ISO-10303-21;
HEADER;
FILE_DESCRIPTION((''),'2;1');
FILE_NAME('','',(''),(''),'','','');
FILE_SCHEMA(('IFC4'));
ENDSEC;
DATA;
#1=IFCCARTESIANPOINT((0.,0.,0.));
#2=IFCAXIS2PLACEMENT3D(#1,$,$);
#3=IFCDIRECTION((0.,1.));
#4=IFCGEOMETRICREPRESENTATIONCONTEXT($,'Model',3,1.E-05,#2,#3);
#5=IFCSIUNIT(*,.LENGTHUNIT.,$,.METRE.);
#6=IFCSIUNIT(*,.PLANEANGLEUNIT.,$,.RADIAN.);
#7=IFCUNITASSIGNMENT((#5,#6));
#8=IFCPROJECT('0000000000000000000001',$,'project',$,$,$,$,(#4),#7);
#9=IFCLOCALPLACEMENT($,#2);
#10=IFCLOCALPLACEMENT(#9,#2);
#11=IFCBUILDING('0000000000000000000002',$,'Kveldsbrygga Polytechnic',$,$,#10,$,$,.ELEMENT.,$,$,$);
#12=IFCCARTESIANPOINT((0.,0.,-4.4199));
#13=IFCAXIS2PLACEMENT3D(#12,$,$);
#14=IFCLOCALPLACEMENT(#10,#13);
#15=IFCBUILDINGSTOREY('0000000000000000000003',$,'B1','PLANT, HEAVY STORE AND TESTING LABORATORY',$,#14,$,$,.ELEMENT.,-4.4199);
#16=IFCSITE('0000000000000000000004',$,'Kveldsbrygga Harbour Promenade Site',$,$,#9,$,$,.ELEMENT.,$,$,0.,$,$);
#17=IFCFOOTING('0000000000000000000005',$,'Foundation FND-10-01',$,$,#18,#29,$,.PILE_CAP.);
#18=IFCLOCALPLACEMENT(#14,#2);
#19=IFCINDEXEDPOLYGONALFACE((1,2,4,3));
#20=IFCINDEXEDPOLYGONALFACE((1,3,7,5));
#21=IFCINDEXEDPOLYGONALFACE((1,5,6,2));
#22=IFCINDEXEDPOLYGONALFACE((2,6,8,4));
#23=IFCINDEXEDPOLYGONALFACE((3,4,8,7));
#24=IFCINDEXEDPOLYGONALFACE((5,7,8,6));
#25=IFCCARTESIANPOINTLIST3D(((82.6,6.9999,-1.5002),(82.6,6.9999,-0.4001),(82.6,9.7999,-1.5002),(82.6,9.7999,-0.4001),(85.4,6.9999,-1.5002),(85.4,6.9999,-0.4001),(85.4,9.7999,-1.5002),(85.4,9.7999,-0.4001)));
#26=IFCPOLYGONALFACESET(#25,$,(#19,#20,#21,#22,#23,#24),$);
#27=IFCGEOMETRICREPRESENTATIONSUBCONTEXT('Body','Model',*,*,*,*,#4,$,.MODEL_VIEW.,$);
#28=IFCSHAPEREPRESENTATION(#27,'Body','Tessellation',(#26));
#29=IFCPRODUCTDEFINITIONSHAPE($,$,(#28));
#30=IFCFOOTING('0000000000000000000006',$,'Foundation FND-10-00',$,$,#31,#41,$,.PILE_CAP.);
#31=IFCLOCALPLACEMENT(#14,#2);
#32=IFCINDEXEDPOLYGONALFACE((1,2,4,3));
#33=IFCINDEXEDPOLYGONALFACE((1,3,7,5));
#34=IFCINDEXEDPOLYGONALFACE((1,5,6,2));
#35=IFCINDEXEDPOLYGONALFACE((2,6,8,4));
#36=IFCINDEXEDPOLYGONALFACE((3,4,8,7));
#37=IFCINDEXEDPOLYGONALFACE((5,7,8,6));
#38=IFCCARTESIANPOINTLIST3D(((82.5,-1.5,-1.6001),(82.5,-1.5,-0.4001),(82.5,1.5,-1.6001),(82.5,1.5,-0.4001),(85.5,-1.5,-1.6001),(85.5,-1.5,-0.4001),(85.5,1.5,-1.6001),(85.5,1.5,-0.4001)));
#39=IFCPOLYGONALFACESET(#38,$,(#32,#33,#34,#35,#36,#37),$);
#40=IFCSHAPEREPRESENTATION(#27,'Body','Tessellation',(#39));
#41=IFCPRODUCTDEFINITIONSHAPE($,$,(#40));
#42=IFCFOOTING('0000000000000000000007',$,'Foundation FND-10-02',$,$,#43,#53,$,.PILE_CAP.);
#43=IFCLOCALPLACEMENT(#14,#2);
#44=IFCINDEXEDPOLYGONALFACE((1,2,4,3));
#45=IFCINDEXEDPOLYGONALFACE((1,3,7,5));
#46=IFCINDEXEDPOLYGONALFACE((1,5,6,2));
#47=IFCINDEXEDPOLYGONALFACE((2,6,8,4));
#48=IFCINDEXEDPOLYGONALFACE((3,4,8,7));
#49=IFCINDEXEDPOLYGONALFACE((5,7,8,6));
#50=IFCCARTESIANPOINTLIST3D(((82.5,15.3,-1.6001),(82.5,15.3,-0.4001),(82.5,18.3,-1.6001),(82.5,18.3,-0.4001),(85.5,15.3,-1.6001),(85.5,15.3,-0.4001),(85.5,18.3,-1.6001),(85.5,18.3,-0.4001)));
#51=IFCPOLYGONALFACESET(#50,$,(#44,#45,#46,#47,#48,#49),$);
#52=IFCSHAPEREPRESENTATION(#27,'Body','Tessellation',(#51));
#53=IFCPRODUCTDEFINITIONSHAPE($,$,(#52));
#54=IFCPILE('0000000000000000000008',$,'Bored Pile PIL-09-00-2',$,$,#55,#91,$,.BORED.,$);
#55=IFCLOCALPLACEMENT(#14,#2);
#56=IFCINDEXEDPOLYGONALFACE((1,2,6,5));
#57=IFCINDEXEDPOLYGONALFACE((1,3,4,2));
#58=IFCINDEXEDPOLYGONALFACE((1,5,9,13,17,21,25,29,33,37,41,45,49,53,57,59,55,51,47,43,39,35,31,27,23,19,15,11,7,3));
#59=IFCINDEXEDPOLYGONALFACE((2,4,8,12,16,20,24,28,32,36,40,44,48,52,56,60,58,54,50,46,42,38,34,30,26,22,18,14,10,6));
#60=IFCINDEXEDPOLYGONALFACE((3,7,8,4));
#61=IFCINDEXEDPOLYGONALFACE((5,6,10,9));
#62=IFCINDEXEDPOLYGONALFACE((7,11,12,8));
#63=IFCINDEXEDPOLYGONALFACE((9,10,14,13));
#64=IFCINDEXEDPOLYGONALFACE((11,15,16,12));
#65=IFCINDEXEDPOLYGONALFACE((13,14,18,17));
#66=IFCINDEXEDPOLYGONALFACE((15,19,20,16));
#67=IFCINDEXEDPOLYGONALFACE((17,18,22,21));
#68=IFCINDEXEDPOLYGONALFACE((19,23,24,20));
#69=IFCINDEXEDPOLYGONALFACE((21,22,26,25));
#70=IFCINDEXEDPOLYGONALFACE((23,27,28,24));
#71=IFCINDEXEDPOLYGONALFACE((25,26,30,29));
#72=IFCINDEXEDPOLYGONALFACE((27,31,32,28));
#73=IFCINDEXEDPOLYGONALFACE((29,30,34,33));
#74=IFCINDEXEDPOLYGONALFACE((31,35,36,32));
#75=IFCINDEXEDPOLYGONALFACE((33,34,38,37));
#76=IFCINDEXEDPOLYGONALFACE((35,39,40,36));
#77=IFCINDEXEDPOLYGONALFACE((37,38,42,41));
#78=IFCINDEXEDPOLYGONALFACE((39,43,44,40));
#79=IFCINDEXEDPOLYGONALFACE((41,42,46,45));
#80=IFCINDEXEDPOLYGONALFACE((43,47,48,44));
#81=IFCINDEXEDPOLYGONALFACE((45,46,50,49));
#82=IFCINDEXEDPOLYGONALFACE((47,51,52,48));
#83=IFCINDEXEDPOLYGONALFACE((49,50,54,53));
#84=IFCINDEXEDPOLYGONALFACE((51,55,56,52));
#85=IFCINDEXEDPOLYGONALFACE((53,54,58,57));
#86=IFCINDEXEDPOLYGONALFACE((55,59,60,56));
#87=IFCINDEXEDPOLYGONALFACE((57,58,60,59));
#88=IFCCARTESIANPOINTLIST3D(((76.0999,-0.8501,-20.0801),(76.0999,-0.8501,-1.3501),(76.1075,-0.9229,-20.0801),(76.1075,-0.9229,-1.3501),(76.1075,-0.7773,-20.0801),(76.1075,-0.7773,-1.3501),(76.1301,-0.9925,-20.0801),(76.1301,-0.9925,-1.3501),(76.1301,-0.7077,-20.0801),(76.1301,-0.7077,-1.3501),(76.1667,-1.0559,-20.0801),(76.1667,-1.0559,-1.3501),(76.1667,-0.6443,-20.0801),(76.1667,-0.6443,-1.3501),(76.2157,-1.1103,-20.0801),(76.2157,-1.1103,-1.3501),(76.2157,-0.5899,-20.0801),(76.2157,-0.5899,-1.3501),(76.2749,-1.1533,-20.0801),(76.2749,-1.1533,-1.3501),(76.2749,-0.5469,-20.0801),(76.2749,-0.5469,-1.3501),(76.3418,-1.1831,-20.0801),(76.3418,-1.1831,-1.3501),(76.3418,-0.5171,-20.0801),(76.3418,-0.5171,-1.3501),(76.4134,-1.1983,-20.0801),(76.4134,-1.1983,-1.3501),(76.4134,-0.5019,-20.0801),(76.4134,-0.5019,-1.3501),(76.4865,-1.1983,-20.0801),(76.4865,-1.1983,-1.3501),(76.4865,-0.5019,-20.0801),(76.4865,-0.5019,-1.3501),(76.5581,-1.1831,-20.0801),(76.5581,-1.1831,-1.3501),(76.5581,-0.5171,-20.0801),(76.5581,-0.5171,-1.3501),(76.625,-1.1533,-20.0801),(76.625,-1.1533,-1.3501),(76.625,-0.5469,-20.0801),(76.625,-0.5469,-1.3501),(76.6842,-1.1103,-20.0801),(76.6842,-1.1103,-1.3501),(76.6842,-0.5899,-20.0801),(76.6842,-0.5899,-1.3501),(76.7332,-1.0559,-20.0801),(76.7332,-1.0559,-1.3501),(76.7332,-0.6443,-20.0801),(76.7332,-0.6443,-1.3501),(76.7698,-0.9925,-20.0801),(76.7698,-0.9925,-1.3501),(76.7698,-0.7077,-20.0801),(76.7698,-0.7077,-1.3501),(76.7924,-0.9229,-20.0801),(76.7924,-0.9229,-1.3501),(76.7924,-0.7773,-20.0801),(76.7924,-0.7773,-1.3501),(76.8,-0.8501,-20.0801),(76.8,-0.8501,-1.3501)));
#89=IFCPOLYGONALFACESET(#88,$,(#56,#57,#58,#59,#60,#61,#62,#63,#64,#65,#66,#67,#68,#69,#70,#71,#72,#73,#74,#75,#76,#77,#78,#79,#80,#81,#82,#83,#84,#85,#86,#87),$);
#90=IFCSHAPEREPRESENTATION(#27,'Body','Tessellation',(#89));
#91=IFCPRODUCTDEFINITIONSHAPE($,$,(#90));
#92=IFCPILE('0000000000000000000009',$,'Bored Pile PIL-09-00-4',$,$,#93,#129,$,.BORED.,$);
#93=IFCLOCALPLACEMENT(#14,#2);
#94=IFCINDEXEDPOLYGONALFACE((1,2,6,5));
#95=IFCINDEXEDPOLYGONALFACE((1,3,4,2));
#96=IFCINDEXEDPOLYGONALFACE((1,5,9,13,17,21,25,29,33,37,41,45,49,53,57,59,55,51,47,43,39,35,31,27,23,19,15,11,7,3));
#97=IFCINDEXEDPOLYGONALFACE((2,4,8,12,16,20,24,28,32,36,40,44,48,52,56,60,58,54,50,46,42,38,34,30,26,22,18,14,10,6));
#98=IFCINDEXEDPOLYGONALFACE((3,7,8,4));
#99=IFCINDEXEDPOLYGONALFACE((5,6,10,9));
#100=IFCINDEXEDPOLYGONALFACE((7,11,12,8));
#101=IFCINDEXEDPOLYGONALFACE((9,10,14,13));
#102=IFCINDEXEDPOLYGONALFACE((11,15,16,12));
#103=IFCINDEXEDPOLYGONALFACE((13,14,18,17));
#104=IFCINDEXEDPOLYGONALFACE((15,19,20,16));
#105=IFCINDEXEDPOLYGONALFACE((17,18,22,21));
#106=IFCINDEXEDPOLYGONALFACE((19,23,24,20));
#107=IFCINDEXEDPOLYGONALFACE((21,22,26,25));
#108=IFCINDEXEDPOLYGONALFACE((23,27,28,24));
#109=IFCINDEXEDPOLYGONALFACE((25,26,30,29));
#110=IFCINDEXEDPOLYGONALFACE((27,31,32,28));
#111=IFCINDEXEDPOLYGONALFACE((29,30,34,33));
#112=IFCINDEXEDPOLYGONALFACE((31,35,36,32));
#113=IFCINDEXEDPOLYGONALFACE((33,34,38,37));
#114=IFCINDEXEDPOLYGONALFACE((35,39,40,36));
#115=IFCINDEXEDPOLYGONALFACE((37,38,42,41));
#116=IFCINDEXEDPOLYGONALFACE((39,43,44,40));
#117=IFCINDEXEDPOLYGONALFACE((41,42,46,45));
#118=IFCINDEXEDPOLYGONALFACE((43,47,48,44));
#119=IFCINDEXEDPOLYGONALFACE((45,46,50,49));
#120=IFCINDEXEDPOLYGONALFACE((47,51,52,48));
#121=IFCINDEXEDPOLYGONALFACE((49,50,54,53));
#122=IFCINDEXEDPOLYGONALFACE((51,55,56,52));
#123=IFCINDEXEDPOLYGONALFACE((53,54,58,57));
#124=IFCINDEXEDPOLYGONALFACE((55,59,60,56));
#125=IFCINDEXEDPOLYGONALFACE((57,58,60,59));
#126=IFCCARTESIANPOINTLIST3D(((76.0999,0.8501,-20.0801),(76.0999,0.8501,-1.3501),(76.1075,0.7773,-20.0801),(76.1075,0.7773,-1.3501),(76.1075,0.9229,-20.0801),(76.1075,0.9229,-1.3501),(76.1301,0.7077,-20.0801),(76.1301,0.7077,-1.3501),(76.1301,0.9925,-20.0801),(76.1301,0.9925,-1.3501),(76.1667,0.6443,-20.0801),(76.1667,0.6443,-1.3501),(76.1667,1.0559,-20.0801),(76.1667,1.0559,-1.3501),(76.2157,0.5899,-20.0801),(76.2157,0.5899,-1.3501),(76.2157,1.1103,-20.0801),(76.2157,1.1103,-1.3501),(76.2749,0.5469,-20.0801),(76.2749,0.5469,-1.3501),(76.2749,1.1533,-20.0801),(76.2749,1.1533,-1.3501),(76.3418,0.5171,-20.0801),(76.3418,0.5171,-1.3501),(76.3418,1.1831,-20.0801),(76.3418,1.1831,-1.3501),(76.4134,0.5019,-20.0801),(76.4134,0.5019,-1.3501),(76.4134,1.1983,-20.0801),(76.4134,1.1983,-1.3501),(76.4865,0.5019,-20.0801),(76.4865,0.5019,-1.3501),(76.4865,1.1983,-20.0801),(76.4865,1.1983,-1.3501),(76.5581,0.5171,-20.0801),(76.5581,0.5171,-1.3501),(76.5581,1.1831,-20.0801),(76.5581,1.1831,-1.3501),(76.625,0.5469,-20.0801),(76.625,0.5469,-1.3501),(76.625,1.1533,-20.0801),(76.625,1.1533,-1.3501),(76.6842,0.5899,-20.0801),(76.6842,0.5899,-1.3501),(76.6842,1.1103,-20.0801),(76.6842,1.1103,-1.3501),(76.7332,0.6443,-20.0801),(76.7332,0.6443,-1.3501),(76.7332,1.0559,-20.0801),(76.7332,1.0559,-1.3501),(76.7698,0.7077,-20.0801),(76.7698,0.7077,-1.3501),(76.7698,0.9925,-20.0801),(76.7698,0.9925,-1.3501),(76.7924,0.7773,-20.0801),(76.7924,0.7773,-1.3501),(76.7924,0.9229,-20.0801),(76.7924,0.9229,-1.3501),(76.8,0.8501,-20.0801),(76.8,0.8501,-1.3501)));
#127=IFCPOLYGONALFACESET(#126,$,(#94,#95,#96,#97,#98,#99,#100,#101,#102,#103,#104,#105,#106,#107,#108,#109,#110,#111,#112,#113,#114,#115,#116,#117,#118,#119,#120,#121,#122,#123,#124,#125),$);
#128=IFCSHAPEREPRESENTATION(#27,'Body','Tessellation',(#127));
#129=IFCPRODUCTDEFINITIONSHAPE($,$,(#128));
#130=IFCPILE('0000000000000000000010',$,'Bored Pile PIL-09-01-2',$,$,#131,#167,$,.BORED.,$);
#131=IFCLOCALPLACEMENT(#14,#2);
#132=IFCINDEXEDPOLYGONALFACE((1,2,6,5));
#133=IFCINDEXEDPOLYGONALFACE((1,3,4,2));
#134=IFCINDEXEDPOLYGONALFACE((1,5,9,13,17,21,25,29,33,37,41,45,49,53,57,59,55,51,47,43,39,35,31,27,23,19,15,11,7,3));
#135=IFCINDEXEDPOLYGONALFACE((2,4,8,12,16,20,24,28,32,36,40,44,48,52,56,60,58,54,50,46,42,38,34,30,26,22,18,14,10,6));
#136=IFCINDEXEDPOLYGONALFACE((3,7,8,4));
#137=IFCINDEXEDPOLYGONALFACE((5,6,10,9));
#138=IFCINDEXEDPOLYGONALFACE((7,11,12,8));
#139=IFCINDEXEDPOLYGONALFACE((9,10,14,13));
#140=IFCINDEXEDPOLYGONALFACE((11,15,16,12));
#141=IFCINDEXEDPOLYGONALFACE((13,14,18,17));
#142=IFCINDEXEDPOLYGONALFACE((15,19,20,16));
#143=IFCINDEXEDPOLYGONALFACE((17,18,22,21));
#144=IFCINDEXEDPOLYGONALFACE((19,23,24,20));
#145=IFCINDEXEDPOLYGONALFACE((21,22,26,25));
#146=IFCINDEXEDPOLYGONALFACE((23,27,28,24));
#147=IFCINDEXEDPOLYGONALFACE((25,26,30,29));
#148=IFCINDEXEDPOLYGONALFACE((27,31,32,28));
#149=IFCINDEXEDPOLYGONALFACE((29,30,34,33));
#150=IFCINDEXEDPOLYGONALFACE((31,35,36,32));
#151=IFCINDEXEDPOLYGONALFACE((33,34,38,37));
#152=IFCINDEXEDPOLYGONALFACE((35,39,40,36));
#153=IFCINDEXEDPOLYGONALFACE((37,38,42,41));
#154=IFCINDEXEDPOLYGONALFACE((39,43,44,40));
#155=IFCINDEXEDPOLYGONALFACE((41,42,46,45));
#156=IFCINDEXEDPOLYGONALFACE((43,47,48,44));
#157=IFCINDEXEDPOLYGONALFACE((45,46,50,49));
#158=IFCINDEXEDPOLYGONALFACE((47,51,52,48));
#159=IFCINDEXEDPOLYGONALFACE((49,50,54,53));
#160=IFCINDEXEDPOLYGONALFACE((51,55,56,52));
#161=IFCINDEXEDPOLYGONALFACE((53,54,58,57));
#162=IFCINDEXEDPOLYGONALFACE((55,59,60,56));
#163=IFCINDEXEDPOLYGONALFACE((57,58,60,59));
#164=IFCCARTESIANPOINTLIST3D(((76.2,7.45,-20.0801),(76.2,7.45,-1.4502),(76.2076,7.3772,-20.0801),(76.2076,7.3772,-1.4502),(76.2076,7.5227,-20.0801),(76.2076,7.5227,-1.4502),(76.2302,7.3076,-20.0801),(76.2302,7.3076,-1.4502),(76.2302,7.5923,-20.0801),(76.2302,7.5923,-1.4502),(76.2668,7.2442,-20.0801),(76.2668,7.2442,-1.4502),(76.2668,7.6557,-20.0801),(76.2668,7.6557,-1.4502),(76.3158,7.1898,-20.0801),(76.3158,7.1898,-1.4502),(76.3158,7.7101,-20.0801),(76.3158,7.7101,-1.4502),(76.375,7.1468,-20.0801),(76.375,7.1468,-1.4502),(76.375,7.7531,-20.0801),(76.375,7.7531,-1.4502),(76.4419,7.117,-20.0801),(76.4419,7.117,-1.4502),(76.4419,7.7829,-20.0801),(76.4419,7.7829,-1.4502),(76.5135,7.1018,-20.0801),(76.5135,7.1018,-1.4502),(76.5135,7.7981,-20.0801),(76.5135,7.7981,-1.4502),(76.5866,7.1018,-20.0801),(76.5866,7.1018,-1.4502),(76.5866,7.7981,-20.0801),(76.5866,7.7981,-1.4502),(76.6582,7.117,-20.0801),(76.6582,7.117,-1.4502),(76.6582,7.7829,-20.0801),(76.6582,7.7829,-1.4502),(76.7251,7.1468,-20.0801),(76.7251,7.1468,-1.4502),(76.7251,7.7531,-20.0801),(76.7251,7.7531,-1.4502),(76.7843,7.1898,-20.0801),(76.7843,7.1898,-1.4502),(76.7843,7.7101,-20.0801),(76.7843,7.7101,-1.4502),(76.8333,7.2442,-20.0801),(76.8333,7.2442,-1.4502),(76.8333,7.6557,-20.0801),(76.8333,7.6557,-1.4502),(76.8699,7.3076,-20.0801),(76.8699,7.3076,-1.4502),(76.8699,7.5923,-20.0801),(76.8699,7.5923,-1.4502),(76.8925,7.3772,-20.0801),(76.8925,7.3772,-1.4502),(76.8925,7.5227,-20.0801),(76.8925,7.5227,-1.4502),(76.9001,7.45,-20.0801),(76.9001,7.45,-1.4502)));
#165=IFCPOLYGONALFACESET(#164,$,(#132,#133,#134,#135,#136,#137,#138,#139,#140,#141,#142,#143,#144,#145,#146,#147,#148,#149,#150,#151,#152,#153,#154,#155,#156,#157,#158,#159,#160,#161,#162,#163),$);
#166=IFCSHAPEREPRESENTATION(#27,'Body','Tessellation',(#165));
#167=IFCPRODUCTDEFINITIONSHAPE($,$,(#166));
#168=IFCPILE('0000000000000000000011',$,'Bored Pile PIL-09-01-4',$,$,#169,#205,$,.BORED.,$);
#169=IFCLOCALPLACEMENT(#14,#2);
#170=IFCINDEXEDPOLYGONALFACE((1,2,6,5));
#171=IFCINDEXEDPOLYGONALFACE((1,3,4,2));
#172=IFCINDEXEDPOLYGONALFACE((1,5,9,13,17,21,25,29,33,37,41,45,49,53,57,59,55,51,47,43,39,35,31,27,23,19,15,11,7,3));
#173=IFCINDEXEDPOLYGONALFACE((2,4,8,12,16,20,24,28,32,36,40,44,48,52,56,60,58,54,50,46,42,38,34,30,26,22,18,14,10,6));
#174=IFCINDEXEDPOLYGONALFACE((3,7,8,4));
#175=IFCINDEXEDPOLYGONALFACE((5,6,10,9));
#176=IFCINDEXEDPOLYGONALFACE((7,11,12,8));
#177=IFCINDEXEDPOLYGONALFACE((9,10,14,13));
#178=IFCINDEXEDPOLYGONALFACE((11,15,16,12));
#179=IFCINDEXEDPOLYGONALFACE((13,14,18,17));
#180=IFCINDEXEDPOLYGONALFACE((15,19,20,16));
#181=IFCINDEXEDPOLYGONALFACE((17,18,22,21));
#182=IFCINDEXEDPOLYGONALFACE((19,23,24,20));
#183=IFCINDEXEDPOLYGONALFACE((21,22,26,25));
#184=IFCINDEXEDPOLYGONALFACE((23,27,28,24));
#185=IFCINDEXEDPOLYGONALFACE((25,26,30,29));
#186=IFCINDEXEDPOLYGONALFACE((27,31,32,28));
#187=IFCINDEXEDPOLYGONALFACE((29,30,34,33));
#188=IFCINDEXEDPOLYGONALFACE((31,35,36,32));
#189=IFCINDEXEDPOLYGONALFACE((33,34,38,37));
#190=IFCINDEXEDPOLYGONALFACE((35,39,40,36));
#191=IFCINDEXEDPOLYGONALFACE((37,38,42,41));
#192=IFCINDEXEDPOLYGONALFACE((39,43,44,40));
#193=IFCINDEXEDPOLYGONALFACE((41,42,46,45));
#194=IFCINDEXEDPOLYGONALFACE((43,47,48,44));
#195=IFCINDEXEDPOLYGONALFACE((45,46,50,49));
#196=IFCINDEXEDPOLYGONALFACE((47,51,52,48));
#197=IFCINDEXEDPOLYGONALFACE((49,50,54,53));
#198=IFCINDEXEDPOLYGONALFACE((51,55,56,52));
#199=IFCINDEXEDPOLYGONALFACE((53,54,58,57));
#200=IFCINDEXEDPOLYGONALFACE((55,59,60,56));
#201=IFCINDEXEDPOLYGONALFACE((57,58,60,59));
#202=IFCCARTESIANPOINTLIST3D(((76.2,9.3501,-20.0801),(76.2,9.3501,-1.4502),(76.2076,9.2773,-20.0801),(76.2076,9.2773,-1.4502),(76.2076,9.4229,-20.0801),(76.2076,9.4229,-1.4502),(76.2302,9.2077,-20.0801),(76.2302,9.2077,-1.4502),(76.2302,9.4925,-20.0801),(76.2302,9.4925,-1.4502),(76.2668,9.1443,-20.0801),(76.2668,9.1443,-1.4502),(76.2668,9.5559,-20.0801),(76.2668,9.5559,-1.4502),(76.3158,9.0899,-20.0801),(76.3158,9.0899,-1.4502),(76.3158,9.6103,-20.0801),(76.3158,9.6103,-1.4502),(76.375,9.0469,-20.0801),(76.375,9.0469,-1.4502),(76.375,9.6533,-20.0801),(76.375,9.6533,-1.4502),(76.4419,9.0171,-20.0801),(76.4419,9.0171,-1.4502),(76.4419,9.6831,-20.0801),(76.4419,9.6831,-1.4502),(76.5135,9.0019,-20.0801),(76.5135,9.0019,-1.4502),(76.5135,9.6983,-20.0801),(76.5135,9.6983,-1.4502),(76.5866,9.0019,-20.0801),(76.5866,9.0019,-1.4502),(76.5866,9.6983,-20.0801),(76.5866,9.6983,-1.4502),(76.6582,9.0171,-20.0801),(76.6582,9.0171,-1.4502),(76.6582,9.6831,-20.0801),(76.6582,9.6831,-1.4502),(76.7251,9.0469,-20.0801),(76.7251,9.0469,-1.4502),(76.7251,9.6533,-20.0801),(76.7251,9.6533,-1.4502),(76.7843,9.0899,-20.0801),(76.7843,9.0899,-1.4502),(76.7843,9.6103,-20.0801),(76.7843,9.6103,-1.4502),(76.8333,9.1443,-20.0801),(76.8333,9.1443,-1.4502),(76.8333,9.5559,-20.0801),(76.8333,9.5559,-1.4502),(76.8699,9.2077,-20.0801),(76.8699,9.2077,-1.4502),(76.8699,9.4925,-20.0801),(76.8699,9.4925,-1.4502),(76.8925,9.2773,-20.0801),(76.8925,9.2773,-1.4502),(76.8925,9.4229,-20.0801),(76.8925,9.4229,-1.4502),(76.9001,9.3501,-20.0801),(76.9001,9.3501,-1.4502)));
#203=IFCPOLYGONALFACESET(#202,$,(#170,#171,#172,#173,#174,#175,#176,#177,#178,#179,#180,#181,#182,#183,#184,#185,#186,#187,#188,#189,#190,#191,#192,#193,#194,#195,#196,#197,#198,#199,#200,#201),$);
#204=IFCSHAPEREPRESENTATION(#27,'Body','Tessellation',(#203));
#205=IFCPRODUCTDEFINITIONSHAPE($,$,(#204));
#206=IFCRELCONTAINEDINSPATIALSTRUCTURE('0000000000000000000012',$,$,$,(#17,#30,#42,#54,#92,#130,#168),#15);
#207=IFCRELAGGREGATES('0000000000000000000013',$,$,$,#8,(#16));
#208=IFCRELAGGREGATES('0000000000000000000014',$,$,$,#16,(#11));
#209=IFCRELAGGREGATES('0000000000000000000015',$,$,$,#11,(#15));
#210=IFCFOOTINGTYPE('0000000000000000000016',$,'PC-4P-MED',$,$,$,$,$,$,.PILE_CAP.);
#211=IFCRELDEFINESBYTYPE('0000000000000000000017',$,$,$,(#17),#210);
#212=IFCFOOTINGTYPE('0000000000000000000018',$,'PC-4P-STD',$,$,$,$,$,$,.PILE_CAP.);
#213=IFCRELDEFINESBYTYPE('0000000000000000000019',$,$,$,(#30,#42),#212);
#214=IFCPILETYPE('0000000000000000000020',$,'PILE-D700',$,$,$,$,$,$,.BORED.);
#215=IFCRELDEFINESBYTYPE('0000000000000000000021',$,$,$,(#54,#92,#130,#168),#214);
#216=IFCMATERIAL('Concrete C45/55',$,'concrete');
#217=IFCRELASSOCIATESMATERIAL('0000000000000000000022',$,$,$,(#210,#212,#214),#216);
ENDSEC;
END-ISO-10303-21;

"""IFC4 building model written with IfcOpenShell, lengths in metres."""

from ifc_helpers import new_model, si_unit, direction, frame, origin, origin_2d, place, context, subcontext, project, spatial, rectangle, circle, extrude, material, material_profile, profile_set, type_object, element, save


model = new_model("IFC4")

# Units and contexts
model_context = context("Model", 3, precision=1e-05, world=origin(), true_north=direction((0.0, 1.0)))
body_context = subcontext(model_context, "Body", "Model", "MODEL_VIEW")
ifc_project = project(units=[si_unit("LENGTHUNIT", "METRE"), si_unit("PLANEANGLEUNIT", "RADIAN")], contexts=[model_context])

# Site, building, storey
site_placement = place(None, origin())
site = spatial("IfcSite", under=ifc_project, at=site_placement, Name="Kveldsbrygga Harbour Promenade Site", CompositionType="ELEMENT", RefElevation=0.0)
building_placement = place(site_placement, origin())
building = spatial("IfcBuilding", under=site, at=building_placement, Name="Kveldsbrygga Polytechnic", CompositionType="ELEMENT")
storey_placement = place(building_placement, frame((0.0, 0.0, -4.4199)))
storey = spatial("IfcBuildingStorey", under=building, at=storey_placement, Name="B1", Description="PLANT, HEAVY STORE AND TESTING LABORATORY", CompositionType="ELEMENT", Elevation=-4.4199)

# Footings
ifc_material_1 = material(Name="Concrete C45/55", Category="concrete")
footing_type_1 = type_object("IfcFootingType", Name="PC-4P-MED", PredefinedType="PILE_CAP", material=ifc_material_1)
footing_placement = place(storey_placement, frame((84.0, 8.3999, -1.5002), z_axis=(0.0, 0.0, 1.0), x_axis=(1.0, 0.0, 0.0)))
element("IfcFooting", 1, at=footing_placement, inside=storey, type_object=footing_type_1, Name="Foundation FND-10-01", PredefinedType="PILE_CAP", context=body_context, shape_type="SweptSolid", body=[
    extrude(rectangle(XDim=2.8, YDim=2.8, at=origin_2d()), origin(), (0.0, 0.0, 1.0), 1.1001),
])
footing_type_2 = type_object("IfcFootingType", Name="PC-4P-STD", PredefinedType="PILE_CAP", material=ifc_material_1)
for number, where, z_axis, x_axis, name in (
    (2, (84.0, 0.0, -1.6001), (0.0, 0.0, 1.0), (1.0, 0.0, 0.0), "Foundation FND-10-00"),
    (3, (84.0, 16.8, -1.6001), (0.0, 0.0, 1.0), (1.0, 0.0, 0.0), "Foundation FND-10-02"),
):
    element("IfcFooting", number, at=place(storey_placement, frame(where, z_axis=z_axis, x_axis=x_axis)), inside=storey, type_object=footing_type_2, Name=name, PredefinedType="PILE_CAP", context=body_context, shape_type="SweptSolid", body=[
        extrude(rectangle(XDim=3.0, YDim=3.0, at=origin_2d()), origin(), (0.0, 0.0, 1.0), 1.2),
    ])

# Piles
ifc_material_profile_1 = material_profile(ifc_material_1, circle(Radius=0.3501, at=origin_2d()), Name="PILE D700")
ifc_profile_set_1 = profile_set([ifc_material_profile_1], Name="Concrete C45/55")
pile_type = type_object("IfcPileType", Name="PILE-D700", PredefinedType="BORED", material=ifc_profile_set_1)
for number, where, z_axis, x_axis, name in (
    (4, (76.45, -0.8501, -1.3501), (0.0, 0.0, -1.0), (1.0, 0.0, 0.0), "Bored Pile PIL-09-00-2"),
    (5, (76.45, 0.8501, -1.3501), (0.0, 0.0, -1.0), (1.0, 0.0, 0.0), "Bored Pile PIL-09-00-4"),
):
    element("IfcPile", number, at=place(storey_placement, frame(where, z_axis=z_axis, x_axis=x_axis)), inside=storey, type_object=pile_type, Name=name, PredefinedType="BORED", context=body_context, shape_type="SweptSolid", body=[
        extrude(circle(Radius=0.3501, at=origin_2d()), origin(), (0.0, 0.0, 1.0), 18.73),
    ])
for number, where, z_axis, x_axis, name in (
    (6, (76.55, 7.45, -1.4502), (0.0, 0.0, -1.0), (1.0, 0.0, 0.0), "Bored Pile PIL-09-01-2"),
    (7, (76.55, 9.3501, -1.4502), (0.0, 0.0, -1.0), (1.0, 0.0, 0.0), "Bored Pile PIL-09-01-4"),
):
    element("IfcPile", number, at=place(storey_placement, frame(where, z_axis=z_axis, x_axis=x_axis)), inside=storey, type_object=pile_type, Name=name, PredefinedType="BORED", context=body_context, shape_type="SweptSolid", body=[
        extrude(circle(Radius=0.3501, at=origin_2d()), origin(), (0.0, 0.0, 1.0), 18.6299),
    ])

save(model, "model.ifc")
